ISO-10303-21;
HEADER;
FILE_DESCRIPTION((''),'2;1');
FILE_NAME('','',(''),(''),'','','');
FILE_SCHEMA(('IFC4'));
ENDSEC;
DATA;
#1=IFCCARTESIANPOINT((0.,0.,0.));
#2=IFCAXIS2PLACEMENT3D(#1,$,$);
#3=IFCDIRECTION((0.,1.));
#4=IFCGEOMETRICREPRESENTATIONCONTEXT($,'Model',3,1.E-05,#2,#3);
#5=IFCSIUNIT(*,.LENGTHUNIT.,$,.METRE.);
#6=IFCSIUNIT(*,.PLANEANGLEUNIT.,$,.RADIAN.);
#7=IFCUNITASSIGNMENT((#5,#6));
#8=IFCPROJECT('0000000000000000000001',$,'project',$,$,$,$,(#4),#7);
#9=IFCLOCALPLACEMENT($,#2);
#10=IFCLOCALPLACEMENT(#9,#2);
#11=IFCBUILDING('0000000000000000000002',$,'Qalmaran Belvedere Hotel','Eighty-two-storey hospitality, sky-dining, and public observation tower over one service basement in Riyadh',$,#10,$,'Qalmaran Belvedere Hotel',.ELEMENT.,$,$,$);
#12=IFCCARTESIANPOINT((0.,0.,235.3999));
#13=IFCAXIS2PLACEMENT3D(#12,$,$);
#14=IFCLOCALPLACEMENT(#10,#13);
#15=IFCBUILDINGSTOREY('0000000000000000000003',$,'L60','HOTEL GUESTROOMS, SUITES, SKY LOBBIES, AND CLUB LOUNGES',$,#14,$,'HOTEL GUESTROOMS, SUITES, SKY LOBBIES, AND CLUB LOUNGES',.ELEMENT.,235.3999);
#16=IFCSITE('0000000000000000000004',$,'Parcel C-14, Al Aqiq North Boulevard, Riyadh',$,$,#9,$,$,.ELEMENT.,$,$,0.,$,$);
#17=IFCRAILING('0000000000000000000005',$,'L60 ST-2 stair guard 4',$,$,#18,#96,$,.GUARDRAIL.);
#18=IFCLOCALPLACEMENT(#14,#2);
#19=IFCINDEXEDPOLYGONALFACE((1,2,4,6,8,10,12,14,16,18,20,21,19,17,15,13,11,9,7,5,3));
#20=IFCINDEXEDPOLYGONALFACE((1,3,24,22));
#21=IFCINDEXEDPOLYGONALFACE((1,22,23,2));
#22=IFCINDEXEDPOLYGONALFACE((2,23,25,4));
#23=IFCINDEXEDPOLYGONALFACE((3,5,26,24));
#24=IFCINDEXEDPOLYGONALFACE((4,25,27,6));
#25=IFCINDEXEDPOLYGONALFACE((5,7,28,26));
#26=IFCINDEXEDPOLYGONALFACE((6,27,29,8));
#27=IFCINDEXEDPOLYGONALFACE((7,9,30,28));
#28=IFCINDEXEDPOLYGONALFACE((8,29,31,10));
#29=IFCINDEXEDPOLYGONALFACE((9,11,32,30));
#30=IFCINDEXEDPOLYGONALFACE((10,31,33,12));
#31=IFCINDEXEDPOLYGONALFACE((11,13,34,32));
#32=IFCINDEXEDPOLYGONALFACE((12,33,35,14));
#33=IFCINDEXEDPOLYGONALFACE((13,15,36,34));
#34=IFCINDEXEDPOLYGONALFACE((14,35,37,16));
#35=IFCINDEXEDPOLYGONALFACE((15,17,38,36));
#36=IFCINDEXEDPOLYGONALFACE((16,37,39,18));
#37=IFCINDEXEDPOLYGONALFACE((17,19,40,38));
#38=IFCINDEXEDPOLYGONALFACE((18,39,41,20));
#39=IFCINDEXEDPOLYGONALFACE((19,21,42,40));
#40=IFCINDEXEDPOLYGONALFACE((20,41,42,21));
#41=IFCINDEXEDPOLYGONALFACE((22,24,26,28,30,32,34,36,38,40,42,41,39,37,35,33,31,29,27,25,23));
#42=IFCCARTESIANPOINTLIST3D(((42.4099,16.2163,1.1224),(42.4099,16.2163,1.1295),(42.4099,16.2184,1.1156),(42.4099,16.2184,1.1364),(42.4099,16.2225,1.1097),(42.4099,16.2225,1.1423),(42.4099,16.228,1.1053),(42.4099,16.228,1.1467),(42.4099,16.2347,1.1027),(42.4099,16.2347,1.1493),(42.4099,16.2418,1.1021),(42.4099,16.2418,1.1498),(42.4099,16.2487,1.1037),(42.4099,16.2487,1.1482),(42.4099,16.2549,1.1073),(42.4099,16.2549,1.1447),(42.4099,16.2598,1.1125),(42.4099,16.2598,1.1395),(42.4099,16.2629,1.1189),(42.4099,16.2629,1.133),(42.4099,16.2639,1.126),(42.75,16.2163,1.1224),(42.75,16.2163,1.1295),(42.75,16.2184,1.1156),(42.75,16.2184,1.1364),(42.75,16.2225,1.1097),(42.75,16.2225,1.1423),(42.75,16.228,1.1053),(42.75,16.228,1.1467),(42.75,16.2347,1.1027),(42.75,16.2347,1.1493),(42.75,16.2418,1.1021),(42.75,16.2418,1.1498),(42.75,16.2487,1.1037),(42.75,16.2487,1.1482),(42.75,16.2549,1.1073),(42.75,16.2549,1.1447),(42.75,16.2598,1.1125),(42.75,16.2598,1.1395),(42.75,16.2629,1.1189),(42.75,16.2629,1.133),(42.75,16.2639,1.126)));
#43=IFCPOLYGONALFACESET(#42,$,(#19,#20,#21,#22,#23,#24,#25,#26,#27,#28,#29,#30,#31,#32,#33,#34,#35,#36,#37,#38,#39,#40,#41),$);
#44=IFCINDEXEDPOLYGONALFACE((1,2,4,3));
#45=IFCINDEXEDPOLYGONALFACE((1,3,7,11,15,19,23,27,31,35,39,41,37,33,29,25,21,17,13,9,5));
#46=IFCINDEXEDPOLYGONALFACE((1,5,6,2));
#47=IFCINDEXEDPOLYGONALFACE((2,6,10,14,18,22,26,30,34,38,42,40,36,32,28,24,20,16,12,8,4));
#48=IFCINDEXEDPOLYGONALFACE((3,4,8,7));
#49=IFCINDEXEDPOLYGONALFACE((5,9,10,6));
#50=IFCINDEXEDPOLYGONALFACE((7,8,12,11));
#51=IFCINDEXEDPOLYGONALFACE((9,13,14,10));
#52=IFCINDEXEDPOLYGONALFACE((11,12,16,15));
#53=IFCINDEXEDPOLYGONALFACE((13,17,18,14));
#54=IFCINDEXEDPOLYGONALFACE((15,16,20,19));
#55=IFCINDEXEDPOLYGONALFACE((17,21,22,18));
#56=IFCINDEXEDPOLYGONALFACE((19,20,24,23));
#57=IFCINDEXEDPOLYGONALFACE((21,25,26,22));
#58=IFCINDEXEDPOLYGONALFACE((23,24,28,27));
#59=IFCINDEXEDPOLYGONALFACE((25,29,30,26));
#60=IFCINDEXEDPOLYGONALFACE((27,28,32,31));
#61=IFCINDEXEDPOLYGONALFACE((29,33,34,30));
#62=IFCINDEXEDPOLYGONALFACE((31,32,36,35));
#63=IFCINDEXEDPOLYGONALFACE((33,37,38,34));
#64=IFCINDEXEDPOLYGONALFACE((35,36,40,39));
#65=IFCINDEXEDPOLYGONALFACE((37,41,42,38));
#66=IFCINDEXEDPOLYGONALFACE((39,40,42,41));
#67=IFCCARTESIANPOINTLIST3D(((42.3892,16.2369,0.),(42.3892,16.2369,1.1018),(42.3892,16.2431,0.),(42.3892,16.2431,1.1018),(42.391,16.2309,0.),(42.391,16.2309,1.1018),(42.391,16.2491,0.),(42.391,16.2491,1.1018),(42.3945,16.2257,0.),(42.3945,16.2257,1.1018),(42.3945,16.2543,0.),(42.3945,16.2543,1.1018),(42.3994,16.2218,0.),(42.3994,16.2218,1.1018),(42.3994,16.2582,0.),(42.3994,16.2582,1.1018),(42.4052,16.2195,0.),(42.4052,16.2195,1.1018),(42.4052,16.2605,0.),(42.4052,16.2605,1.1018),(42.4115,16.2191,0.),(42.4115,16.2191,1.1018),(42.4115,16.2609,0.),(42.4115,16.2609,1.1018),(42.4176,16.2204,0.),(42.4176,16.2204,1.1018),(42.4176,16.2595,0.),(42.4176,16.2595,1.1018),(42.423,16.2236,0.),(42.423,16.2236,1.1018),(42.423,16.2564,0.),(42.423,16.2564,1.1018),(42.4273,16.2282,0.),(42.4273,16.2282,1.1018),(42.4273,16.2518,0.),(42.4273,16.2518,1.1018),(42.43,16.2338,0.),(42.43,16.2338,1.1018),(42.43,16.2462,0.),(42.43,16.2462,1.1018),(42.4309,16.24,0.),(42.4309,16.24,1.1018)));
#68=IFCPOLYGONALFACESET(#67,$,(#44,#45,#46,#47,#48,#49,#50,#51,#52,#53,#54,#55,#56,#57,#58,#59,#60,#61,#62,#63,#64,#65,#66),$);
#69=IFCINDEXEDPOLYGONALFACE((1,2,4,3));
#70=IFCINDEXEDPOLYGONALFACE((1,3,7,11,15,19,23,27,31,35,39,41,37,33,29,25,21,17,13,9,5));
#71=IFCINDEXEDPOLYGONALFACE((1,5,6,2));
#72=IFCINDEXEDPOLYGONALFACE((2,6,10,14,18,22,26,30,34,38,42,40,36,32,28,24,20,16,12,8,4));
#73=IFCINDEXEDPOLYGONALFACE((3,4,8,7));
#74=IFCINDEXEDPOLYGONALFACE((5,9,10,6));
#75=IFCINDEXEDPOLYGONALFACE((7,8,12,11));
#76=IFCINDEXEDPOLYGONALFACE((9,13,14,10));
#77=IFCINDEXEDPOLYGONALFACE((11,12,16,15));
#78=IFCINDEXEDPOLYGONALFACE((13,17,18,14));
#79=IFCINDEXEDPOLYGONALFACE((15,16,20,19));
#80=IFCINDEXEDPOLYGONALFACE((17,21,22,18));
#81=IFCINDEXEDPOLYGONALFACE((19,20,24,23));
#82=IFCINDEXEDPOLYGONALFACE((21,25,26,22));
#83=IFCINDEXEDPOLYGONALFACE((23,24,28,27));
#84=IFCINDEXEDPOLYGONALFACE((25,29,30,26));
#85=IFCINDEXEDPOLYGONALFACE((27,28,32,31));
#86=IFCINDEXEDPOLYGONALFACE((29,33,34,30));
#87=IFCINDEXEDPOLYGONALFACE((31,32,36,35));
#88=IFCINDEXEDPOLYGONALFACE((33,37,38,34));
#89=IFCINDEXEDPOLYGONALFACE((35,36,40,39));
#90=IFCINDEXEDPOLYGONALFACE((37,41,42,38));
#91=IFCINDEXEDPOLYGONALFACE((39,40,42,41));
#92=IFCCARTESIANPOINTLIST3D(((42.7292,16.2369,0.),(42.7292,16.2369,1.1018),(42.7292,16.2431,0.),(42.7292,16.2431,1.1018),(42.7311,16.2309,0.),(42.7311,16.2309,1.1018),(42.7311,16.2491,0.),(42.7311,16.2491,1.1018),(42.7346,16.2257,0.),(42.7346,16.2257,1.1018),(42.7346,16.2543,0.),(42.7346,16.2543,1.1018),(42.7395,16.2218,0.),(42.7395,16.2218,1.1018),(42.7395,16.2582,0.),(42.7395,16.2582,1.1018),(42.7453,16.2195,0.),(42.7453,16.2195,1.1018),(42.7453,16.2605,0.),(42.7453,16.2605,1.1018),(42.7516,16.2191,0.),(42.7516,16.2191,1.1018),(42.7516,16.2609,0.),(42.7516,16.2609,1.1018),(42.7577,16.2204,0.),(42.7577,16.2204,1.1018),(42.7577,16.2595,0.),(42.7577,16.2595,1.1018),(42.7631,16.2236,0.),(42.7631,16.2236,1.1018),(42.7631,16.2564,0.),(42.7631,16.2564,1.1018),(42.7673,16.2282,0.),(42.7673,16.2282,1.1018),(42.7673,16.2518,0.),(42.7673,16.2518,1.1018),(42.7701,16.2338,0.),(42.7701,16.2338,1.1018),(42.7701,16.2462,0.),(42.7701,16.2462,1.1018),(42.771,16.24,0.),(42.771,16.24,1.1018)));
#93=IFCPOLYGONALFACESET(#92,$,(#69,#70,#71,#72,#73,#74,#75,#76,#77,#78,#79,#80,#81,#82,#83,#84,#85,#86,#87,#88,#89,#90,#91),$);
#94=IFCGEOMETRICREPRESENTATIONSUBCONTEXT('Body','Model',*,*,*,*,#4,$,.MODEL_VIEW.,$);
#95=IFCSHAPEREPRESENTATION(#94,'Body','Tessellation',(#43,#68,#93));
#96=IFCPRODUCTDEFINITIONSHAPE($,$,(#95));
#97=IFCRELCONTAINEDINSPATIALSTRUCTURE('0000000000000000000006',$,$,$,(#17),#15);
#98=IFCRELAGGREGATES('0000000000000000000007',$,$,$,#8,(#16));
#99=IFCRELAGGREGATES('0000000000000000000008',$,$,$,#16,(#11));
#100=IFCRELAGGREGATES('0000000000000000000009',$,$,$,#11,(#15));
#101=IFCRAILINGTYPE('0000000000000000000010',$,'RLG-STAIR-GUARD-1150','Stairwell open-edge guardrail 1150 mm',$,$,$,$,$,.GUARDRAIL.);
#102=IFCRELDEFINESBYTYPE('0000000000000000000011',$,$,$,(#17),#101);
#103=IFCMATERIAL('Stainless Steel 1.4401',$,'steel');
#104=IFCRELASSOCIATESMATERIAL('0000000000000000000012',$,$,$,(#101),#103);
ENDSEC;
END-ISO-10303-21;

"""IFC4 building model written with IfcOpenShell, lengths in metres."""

from ifc_helpers import new_model, si_unit, direction, frame, origin, origin_2d, place, context, subcontext, project, spatial, circle, extrude, material, type_object, element, save


model = new_model("IFC4")

# Units and contexts
model_context = context("Model", 3, precision=1e-05, world=origin(), true_north=direction((0.0, 1.0)))
body_context = subcontext(model_context, "Body", "Model", "MODEL_VIEW")
ifc_project = project(units=[si_unit("LENGTHUNIT", "METRE"), si_unit("PLANEANGLEUNIT", "RADIAN")], contexts=[model_context])

# Site, building, storey
site_placement = place(None, origin())
site = spatial("IfcSite", under=ifc_project, at=site_placement, Name="Parcel C-14, Al Aqiq North Boulevard, Riyadh", CompositionType="ELEMENT", RefElevation=0.0)
building_placement = place(site_placement, origin())
building = spatial("IfcBuilding", under=site, at=building_placement, Name="Qalmaran Belvedere Hotel", Description="Eighty-two-storey hospitality, sky-dining, and public observation tower over one service basement in Riyadh", LongName="Qalmaran Belvedere Hotel", CompositionType="ELEMENT")
storey_placement = place(building_placement, frame((0.0, 0.0, 235.3999)))
storey = spatial("IfcBuildingStorey", under=building, at=storey_placement, Name="L60", Description="HOTEL GUESTROOMS, SUITES, SKY LOBBIES, AND CLUB LOUNGES", LongName="HOTEL GUESTROOMS, SUITES, SKY LOBBIES, AND CLUB LOUNGES", CompositionType="ELEMENT", Elevation=235.3999)

# Railing
ifc_material_1 = material(Name="Stainless Steel 1.4401", Category="steel")
railing_type_1 = type_object("IfcRailingType", Name="RLG-STAIR-GUARD-1150", Description="Stairwell open-edge guardrail 1150 mm", PredefinedType="GUARDRAIL", material=ifc_material_1)
railing_1_placement = place(storey_placement, frame((42.4099, 16.24, 0.0)))
element("IfcRailing", 1, at=railing_1_placement, inside=storey, type_object=railing_type_1, Name="L60 ST-2 stair guard 4", PredefinedType="GUARDRAIL", context=body_context, shape_type="SweptSolid", body=[
    extrude(circle(Radius=0.0239, at=origin_2d()), frame((0.0, 0.0, 1.126), z_axis=(1.0, 0.0, 0.0), x_axis=(0.0, 1.0, 0.0)), (0.0, 0.0, 1.0), 0.3401),
    extrude(circle(Radius=0.021, at=origin_2d()), origin(), (0.0, 0.0, 1.0), 1.1018),
    extrude(circle(Radius=0.021, at=origin_2d()), frame((0.3401, 0.0, 0.0)), (0.0, 0.0, 1.0), 1.1018),
])

save(model, "model.ifc")
